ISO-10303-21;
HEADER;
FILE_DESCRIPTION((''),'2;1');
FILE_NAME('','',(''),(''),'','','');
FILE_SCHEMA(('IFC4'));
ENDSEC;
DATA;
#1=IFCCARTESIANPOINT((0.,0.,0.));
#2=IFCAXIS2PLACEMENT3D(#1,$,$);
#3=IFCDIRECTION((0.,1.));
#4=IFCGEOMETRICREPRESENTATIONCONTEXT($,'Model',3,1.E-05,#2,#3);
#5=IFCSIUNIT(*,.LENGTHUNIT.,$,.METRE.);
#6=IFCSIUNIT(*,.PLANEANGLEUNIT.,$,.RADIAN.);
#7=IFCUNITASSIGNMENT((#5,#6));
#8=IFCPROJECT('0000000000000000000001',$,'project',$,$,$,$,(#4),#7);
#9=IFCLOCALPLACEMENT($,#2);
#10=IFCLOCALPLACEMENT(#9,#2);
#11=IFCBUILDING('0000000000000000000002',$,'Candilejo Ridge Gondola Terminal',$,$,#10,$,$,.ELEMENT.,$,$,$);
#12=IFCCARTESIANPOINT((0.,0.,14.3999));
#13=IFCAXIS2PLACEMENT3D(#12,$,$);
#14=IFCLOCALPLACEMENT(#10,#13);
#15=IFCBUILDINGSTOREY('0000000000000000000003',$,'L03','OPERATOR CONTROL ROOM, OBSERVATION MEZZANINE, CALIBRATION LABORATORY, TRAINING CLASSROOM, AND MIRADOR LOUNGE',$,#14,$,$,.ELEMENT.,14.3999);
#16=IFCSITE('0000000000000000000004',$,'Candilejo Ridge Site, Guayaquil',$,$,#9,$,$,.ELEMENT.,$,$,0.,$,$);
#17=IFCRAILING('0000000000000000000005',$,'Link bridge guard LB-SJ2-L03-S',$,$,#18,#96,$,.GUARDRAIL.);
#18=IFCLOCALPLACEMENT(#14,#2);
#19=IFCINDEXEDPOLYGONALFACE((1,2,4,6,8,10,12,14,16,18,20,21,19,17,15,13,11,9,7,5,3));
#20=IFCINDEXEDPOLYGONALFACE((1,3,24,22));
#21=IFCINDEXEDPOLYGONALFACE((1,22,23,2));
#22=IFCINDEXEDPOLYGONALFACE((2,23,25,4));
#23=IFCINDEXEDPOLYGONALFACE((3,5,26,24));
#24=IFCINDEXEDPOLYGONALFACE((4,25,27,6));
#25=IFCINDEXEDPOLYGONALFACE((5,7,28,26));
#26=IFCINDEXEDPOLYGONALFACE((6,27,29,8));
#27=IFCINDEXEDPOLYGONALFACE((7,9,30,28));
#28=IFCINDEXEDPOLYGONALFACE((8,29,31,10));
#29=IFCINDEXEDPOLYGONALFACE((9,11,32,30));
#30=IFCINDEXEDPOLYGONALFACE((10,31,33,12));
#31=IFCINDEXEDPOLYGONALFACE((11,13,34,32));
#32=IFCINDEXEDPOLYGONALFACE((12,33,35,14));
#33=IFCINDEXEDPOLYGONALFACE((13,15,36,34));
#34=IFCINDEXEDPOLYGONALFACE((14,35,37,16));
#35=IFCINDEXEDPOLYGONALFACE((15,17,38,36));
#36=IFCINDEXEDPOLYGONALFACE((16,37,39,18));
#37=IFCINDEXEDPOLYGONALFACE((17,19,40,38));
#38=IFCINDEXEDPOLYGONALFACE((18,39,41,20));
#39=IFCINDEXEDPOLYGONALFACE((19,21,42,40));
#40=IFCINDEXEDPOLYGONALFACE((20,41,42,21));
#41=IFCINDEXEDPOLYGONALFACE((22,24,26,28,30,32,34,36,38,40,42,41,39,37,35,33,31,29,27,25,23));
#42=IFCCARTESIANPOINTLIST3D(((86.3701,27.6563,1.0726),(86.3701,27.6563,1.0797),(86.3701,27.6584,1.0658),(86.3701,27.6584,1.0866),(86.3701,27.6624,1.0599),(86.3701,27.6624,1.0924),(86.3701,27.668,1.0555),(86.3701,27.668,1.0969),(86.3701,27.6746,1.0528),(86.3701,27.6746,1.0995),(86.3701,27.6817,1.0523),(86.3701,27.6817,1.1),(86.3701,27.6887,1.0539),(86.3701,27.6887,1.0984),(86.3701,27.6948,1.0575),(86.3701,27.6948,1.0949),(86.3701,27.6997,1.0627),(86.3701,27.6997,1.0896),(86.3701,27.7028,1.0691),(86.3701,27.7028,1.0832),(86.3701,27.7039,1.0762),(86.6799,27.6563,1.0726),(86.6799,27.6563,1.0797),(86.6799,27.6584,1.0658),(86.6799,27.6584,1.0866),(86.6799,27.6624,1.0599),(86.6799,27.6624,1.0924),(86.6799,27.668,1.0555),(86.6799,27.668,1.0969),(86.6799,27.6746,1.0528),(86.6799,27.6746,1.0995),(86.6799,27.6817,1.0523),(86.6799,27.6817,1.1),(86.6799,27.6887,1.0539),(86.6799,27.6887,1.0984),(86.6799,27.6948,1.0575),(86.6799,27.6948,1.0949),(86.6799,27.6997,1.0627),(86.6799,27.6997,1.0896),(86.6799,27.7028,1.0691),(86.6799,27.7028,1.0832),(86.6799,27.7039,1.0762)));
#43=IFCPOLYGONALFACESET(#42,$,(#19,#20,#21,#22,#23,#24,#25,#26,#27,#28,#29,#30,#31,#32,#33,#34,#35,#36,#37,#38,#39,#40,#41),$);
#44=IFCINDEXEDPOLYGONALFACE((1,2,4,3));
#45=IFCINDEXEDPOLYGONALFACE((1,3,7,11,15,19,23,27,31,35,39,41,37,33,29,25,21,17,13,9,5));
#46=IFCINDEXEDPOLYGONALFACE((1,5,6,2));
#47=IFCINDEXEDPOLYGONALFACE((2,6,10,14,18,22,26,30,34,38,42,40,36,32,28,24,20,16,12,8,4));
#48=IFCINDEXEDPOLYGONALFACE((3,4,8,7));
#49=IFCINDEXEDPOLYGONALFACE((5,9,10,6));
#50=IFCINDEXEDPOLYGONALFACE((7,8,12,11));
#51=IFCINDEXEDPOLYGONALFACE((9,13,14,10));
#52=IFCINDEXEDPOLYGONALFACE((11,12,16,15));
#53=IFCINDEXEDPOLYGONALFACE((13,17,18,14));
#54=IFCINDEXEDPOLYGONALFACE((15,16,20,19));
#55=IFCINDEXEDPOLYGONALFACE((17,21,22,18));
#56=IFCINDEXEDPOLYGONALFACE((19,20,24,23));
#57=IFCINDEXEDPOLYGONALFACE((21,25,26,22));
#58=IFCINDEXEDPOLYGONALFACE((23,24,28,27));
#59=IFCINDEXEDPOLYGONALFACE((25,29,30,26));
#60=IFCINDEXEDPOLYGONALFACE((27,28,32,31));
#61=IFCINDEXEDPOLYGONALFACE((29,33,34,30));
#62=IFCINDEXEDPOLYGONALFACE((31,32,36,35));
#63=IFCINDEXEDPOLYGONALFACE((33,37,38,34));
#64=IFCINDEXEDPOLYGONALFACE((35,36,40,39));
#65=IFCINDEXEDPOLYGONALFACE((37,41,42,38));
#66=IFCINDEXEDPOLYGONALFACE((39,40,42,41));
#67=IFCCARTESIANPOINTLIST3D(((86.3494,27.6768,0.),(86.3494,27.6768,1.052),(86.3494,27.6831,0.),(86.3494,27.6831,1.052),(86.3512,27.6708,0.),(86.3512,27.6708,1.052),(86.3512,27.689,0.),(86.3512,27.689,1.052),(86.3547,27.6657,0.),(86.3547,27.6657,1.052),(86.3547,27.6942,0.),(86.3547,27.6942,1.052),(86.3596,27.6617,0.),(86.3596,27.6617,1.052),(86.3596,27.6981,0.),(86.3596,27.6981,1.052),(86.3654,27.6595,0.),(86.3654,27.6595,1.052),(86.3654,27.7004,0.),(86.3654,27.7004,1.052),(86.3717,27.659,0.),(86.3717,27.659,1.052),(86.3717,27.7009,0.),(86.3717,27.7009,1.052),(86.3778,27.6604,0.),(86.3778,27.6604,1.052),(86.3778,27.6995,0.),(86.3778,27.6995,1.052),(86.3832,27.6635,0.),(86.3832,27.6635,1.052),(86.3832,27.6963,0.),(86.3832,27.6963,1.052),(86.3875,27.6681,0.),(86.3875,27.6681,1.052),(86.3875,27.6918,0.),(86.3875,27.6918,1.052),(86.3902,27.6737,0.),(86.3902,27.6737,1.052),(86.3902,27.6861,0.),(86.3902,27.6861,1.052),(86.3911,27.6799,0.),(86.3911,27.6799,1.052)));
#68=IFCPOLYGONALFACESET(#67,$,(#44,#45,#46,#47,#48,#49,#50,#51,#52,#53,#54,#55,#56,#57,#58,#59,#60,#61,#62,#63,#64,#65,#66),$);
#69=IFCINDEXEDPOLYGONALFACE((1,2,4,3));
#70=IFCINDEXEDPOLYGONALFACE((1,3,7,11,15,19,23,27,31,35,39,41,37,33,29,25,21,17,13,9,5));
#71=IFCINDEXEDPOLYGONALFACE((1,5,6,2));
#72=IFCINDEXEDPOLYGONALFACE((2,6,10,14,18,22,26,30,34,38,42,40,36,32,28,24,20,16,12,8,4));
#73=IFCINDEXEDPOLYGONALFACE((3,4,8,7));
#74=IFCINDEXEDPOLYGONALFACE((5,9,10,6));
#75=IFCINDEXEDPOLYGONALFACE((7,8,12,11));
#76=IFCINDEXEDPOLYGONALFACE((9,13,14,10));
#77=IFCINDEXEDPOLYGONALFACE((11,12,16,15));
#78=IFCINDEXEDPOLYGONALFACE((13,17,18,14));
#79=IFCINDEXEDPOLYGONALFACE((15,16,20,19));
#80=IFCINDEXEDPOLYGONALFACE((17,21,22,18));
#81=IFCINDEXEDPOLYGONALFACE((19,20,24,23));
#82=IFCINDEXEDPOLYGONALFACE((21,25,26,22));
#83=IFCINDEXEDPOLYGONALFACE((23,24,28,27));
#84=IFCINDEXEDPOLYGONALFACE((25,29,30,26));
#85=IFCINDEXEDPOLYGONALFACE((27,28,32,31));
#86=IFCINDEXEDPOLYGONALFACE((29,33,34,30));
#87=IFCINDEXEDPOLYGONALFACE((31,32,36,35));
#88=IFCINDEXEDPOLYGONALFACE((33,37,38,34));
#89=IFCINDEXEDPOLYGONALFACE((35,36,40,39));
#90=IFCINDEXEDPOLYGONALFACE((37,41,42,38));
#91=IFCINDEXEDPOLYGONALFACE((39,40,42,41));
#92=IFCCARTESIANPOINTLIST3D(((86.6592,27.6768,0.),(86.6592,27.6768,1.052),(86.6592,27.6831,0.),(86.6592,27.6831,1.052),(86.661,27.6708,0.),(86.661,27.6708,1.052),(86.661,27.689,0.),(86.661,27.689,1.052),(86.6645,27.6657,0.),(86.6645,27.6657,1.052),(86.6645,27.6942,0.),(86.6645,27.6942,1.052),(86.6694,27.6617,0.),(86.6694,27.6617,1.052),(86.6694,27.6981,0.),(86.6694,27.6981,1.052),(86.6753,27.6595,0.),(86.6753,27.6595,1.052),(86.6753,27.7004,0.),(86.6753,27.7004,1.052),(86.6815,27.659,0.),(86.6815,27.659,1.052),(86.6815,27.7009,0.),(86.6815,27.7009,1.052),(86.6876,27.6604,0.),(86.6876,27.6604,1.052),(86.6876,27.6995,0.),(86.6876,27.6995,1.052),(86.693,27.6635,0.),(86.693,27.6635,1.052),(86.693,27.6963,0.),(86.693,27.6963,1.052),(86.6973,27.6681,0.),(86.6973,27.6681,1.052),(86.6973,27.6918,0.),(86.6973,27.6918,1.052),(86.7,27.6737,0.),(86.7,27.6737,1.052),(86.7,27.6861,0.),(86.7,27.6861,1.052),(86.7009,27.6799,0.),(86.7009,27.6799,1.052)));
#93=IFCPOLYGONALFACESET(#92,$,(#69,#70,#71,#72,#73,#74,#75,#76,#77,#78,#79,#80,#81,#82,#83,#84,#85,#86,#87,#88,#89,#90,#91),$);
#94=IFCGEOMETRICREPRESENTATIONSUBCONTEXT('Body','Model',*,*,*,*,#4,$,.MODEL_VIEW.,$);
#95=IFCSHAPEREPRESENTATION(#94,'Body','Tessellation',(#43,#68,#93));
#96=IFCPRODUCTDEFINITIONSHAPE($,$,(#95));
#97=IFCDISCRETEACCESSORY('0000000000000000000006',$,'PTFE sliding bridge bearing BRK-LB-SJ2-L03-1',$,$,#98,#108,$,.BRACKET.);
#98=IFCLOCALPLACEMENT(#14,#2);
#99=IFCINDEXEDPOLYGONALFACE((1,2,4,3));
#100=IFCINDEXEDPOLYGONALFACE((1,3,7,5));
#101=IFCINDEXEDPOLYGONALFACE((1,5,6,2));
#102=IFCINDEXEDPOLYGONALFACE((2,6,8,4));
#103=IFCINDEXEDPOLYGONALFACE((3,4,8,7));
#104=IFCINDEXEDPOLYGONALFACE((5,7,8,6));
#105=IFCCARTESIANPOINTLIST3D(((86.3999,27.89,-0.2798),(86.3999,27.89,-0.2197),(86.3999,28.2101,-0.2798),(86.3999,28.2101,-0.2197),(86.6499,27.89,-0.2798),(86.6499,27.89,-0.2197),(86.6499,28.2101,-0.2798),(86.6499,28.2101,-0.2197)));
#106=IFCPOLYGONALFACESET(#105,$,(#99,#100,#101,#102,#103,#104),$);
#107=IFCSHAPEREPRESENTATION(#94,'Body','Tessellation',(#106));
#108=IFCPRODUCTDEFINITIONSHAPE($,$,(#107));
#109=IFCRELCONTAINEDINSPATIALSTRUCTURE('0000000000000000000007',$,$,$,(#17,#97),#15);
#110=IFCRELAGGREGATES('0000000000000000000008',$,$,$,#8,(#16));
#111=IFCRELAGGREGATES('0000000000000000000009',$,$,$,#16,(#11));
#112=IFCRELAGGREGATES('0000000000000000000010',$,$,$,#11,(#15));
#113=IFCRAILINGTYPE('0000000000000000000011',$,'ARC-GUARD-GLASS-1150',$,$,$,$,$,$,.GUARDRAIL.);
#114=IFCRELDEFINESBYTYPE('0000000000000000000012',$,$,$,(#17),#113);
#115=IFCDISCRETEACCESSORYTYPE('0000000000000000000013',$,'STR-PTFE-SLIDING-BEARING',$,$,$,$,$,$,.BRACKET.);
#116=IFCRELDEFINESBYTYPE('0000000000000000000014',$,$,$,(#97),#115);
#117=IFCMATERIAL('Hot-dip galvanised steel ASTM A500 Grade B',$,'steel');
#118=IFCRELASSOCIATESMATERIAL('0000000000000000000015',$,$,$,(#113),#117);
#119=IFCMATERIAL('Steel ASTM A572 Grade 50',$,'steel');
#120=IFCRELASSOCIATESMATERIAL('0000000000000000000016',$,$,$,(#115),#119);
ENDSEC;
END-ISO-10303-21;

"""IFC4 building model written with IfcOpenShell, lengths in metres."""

from ifc_helpers import new_model, si_unit, direction, frame, origin, origin_2d, place, context, subcontext, project, spatial, rectangle, circle, extrude, material, type_object, element, save


model = new_model("IFC4")

# Units and contexts
model_context = context("Model", 3, precision=1e-05, world=origin(), true_north=direction((0.0, 1.0)))
body_context = subcontext(model_context, "Body", "Model", "MODEL_VIEW")
ifc_project = project(units=[si_unit("LENGTHUNIT", "METRE"), si_unit("PLANEANGLEUNIT", "RADIAN")], contexts=[model_context])

# Site, building, storey
site_placement = place(None, origin())
site = spatial("IfcSite", under=ifc_project, at=site_placement, Name="Candilejo Ridge Site, Guayaquil", CompositionType="ELEMENT", RefElevation=0.0)
building_placement = place(site_placement, origin())
building = spatial("IfcBuilding", under=site, at=building_placement, Name="Candilejo Ridge Gondola Terminal", CompositionType="ELEMENT")
storey_placement = place(building_placement, frame((0.0, 0.0, 14.3999)))
storey = spatial("IfcBuildingStorey", under=building, at=storey_placement, Name="L03", Description="OPERATOR CONTROL ROOM, OBSERVATION MEZZANINE, CALIBRATION LABORATORY, TRAINING CLASSROOM, AND MIRADOR LOUNGE", CompositionType="ELEMENT", Elevation=14.3999)

# Railing
ifc_material_1 = material(Name="Hot-dip galvanised steel ASTM A500 Grade B", Category="steel")
railing_type = type_object("IfcRailingType", Name="ARC-GUARD-GLASS-1150", PredefinedType="GUARDRAIL", material=ifc_material_1)
railing_placement = place(storey_placement, frame((86.3701, 27.6799, 0.0)))
element("IfcRailing", 1, at=railing_placement, inside=storey, type_object=railing_type, Name="Link bridge guard LB-SJ2-L03-S", PredefinedType="GUARDRAIL", context=body_context, shape_type="SweptSolid", body=[
    extrude(circle(Radius=0.0239, at=origin_2d()), frame((0.0, 0.0, 1.0762), z_axis=(1.0, 0.0, 0.0), x_axis=(0.0, 1.0, 0.0)), (0.0, 0.0, 1.0), 0.3098),
    extrude(circle(Radius=0.021, at=origin_2d()), origin(), (0.0, 0.0, 1.0), 1.052),
    extrude(circle(Radius=0.021, at=origin_2d()), frame((0.3098, 0.0, 0.0)), (0.0, 0.0, 1.0), 1.052),
])

# Discrete accessory
ifc_material_2 = material(Name="Steel ASTM A572 Grade 50", Category="steel")
discrete_accessory_type = type_object("IfcDiscreteAccessoryType", Name="STR-PTFE-SLIDING-BEARING", PredefinedType="BRACKET", material=ifc_material_2)
discrete_accessory_placement = place(storey_placement, frame((86.5249, 28.05, -0.2798)))
element("IfcDiscreteAccessory", 2, at=discrete_accessory_placement, inside=storey, type_object=discrete_accessory_type, Name="PTFE sliding bridge bearing BRK-LB-SJ2-L03-1", PredefinedType="BRACKET", context=body_context, shape_type="SweptSolid", body=[
    extrude(rectangle(XDim=0.25, YDim=0.3201, at=origin_2d()), origin(), (0.0, 0.0, 1.0), 0.0601),
])

save(model, "model.ifc")
